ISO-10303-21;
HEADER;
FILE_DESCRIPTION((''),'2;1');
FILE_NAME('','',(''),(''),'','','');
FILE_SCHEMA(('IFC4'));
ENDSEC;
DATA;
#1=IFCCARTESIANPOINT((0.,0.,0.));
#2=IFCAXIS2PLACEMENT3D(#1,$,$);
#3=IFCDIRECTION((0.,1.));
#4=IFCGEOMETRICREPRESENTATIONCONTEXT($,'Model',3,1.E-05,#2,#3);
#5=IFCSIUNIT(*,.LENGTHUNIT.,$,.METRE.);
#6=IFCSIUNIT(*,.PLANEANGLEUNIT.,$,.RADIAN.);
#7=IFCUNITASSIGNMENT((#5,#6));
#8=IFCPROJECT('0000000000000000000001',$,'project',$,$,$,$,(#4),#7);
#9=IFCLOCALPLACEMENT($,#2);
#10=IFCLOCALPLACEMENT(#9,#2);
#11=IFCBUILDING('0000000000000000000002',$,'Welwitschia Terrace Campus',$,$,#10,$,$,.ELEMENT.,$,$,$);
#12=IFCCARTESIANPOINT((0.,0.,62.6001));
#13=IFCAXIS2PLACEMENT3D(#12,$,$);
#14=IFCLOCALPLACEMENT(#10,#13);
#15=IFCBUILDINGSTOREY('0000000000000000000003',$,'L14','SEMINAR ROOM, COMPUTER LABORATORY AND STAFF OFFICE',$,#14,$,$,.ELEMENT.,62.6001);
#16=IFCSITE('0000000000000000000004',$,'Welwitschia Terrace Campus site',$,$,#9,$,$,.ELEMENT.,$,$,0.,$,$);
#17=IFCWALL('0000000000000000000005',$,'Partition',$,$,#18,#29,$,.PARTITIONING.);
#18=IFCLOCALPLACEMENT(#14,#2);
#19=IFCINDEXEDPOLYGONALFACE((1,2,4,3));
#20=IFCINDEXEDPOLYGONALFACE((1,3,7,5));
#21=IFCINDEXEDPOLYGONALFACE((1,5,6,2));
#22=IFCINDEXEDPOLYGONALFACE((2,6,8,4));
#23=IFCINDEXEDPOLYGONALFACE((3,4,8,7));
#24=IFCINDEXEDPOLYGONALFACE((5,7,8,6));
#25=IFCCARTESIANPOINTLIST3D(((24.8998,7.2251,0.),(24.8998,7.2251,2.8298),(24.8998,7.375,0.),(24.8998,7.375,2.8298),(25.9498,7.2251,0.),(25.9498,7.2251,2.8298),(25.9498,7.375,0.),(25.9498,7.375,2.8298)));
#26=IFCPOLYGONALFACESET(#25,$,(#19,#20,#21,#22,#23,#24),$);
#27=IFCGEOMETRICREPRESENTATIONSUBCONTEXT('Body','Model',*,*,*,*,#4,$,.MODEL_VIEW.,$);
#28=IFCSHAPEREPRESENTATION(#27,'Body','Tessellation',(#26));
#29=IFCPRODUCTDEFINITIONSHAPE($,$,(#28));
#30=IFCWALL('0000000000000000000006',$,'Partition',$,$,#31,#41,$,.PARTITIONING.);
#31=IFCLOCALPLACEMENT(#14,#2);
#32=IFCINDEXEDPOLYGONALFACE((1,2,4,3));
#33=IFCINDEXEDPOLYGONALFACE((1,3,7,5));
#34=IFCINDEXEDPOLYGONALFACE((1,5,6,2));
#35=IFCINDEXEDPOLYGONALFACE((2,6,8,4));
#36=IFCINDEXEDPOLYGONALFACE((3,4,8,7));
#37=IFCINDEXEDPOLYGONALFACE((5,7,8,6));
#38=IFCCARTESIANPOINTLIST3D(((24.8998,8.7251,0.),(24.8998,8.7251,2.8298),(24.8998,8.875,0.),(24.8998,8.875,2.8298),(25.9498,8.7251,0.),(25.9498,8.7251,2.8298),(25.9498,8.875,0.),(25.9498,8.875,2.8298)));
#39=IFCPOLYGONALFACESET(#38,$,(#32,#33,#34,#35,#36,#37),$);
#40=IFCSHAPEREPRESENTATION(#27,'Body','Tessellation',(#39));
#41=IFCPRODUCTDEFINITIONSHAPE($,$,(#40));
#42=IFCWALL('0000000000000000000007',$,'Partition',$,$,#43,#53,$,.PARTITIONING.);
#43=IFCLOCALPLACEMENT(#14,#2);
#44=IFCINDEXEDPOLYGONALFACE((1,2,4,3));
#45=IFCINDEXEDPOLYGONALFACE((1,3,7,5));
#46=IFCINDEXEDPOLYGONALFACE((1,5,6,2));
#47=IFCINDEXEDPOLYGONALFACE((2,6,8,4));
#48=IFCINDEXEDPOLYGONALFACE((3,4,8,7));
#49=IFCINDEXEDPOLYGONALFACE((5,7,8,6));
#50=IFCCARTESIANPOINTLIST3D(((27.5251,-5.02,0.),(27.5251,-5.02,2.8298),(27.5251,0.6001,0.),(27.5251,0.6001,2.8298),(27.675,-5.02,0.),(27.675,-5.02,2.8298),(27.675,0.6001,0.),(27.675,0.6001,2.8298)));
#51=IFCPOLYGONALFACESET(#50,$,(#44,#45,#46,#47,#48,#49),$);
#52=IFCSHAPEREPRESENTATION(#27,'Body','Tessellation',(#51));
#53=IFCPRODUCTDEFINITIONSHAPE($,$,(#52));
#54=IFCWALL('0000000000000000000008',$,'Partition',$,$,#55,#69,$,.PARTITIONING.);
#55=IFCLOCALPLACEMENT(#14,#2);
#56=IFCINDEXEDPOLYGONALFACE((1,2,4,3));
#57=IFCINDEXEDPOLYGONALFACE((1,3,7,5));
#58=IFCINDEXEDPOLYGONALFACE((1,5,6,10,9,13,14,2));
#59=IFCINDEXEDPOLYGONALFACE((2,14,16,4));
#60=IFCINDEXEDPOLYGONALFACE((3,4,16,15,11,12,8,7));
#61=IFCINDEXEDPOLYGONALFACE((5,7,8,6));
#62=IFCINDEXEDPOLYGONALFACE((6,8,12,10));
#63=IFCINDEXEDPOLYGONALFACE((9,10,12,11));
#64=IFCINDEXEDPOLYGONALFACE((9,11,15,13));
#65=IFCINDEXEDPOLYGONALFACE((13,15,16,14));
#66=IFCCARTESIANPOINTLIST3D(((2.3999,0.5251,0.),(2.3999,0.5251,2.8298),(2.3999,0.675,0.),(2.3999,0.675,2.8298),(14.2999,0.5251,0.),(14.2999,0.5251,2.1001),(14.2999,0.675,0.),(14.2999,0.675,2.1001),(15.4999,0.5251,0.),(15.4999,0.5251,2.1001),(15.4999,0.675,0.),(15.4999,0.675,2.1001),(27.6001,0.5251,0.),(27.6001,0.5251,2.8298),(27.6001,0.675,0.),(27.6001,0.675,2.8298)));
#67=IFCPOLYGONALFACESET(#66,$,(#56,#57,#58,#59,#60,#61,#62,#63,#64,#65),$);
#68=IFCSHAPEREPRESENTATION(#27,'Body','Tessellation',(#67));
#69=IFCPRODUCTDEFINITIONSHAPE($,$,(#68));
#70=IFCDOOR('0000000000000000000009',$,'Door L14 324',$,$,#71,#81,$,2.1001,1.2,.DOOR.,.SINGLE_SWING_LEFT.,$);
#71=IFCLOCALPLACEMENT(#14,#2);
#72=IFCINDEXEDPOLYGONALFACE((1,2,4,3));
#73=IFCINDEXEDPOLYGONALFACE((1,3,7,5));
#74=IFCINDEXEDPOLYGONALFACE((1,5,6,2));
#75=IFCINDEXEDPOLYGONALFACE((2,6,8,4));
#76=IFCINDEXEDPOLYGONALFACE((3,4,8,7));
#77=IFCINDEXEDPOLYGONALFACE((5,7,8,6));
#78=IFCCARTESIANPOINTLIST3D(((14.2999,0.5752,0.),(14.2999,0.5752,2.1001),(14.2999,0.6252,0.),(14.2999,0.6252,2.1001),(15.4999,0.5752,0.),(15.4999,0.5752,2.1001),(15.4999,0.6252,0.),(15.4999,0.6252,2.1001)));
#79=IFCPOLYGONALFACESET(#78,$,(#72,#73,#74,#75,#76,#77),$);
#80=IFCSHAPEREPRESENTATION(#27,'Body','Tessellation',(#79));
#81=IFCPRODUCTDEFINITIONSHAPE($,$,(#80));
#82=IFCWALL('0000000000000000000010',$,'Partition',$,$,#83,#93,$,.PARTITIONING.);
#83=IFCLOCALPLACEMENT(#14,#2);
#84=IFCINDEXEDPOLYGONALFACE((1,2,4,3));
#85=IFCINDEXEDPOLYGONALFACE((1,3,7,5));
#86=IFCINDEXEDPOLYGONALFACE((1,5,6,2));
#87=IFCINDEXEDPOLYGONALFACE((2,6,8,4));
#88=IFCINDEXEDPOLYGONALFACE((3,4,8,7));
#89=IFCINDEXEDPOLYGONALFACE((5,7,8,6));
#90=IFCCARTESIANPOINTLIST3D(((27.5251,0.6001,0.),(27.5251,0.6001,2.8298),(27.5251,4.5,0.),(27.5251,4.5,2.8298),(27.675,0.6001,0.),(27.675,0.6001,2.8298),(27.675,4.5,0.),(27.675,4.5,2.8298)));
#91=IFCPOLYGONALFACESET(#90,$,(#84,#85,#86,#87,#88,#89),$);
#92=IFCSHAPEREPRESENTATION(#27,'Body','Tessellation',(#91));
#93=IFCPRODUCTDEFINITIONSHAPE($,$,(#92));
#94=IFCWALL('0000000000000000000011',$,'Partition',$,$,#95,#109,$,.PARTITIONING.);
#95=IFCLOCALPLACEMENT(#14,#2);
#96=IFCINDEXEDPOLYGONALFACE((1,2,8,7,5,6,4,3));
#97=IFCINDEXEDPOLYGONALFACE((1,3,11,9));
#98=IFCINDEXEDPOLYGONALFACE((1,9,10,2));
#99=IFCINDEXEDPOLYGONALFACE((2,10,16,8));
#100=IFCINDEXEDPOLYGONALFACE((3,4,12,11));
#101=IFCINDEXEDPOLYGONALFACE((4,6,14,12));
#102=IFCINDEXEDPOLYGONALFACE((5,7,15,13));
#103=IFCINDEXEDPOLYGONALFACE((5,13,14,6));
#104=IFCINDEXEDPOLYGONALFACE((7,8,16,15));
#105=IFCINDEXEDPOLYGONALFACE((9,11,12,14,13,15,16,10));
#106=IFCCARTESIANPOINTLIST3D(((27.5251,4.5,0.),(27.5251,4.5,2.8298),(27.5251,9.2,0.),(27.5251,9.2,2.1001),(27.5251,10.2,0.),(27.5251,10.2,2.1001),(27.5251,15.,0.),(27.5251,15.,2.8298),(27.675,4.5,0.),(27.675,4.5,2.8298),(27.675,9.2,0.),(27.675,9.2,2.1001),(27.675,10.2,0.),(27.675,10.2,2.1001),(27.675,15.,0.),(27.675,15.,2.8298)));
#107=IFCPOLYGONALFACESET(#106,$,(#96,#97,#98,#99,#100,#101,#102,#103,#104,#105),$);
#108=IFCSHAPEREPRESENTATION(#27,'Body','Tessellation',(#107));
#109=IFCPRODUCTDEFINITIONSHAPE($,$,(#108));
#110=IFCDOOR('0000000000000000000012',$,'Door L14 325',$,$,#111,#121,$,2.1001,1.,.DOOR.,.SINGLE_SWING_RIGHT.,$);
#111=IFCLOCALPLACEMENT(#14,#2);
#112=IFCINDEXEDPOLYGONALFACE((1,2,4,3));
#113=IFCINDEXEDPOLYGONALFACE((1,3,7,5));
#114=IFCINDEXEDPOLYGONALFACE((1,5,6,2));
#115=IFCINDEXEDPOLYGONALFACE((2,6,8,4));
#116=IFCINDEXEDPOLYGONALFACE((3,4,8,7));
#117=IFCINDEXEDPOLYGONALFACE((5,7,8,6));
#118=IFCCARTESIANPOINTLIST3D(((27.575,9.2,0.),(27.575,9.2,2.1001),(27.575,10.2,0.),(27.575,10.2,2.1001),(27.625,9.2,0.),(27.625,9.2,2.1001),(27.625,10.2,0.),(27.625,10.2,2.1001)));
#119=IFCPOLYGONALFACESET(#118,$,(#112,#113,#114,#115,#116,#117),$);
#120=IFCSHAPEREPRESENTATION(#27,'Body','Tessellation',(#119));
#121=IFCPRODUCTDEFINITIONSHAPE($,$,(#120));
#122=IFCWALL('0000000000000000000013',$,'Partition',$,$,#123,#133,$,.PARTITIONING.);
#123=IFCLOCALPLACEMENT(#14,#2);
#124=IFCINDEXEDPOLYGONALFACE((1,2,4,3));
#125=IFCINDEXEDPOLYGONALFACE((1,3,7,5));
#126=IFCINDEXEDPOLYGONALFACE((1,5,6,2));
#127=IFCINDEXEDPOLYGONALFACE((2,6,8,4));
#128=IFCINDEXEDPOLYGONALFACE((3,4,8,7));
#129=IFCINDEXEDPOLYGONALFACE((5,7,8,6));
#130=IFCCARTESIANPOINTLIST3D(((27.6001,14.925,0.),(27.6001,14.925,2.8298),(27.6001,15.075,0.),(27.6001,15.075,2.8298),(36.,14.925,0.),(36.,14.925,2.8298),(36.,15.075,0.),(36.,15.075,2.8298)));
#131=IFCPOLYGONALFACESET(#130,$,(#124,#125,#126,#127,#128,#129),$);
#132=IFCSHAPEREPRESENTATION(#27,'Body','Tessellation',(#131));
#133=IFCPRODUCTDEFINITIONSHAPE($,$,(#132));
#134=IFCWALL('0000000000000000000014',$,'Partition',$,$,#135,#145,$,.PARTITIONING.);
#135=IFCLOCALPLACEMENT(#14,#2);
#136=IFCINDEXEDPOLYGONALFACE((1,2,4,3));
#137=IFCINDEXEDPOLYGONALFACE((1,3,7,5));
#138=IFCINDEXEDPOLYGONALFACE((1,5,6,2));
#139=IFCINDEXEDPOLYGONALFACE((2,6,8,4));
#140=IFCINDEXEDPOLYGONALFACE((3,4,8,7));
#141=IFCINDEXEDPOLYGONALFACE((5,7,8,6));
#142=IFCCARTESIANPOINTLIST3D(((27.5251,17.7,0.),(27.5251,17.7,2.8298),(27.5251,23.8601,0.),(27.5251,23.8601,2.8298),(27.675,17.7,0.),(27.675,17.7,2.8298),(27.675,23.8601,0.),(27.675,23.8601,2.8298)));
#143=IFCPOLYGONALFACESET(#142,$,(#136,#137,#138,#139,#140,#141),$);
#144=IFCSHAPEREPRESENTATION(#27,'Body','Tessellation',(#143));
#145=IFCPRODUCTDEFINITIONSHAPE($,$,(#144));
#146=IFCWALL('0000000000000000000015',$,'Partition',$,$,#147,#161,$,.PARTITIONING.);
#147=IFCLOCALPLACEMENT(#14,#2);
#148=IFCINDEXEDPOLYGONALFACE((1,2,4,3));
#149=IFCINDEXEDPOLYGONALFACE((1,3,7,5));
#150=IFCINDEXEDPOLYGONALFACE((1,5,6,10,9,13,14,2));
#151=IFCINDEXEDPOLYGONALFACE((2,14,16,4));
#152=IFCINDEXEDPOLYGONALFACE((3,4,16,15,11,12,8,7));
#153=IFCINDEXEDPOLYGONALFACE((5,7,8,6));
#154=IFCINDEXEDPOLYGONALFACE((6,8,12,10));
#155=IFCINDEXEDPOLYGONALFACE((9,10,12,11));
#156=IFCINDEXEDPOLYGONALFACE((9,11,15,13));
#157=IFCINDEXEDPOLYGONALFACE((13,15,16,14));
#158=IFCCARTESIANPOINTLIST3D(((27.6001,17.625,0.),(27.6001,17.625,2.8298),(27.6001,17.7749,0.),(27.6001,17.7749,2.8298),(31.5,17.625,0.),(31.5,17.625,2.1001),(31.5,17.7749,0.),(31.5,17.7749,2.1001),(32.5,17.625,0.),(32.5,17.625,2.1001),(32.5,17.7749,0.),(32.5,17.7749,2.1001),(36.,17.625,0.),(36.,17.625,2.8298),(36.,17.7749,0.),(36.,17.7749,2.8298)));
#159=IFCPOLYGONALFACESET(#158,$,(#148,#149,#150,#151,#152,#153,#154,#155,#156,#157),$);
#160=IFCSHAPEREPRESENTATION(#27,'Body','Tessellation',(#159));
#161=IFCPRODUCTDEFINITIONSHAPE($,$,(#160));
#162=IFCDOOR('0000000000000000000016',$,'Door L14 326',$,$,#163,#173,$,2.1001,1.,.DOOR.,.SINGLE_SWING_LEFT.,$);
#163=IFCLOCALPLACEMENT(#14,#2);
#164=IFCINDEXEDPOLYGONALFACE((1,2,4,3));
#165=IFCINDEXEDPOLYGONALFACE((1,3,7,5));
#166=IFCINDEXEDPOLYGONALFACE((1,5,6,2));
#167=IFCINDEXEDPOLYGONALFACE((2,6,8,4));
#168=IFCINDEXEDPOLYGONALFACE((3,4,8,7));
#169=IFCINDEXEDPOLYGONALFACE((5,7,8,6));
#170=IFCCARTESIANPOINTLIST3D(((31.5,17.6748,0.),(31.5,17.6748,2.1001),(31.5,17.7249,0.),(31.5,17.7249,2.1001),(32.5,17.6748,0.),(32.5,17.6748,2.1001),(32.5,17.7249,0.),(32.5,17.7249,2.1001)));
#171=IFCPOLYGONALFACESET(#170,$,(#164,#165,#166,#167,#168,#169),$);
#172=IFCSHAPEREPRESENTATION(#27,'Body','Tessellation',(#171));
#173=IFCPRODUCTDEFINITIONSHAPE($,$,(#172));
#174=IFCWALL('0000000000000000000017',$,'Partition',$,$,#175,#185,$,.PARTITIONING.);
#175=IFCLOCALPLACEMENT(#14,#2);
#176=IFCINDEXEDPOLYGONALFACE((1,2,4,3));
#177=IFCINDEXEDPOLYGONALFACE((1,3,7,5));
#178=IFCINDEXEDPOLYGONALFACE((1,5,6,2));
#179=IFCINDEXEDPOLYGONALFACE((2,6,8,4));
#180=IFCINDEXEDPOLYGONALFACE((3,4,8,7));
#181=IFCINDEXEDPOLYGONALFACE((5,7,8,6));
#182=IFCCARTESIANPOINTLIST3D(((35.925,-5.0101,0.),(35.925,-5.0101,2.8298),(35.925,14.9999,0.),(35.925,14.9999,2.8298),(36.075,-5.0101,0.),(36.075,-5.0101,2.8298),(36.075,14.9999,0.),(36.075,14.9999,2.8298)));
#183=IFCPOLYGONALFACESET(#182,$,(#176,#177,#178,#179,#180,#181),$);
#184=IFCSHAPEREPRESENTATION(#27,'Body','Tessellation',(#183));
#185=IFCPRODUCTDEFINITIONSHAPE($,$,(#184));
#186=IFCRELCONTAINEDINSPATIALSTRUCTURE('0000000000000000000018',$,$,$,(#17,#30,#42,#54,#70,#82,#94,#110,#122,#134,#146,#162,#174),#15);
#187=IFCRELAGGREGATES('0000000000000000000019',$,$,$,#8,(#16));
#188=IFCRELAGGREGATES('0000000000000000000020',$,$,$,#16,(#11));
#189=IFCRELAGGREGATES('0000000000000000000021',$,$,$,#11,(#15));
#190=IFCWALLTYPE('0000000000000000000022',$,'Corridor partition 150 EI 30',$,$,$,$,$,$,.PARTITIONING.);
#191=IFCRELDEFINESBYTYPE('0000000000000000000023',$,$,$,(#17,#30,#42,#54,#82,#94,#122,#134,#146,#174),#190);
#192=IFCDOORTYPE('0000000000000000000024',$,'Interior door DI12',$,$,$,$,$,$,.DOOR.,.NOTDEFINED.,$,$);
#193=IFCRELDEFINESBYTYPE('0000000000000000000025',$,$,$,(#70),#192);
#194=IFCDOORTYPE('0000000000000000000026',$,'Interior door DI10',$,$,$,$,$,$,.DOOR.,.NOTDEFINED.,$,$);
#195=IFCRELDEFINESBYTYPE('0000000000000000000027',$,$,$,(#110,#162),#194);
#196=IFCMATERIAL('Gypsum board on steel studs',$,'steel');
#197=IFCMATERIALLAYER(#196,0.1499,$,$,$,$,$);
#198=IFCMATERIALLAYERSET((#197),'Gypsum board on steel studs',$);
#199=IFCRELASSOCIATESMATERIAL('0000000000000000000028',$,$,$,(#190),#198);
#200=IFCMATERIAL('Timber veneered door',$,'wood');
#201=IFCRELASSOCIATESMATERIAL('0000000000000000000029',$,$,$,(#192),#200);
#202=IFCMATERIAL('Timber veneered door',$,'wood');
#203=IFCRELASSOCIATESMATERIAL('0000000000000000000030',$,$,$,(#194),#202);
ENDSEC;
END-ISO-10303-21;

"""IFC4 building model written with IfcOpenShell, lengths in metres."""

from ifc_helpers import new_model, si_unit, direction, frame, frame_2d, origin, place, context, subcontext, project, spatial, rectangle, extrude, material, layer, layer_set, type_object, element, fill, save


model = new_model("IFC4")

# Units and contexts
model_context = context("Model", 3, precision=1e-05, world=origin(), true_north=direction((0.0, 1.0)))
body_context = subcontext(model_context, "Body", "Model", "MODEL_VIEW")
ifc_project = project(units=[si_unit("LENGTHUNIT", "METRE"), si_unit("PLANEANGLEUNIT", "RADIAN")], contexts=[model_context])

# Site, building, storey
site_placement = place(None, origin())
site = spatial("IfcSite", under=ifc_project, at=site_placement, Name="Welwitschia Terrace Campus site", CompositionType="ELEMENT", RefElevation=0.0)
building_placement = place(site_placement, origin())
building = spatial("IfcBuilding", under=site, at=building_placement, Name="Welwitschia Terrace Campus", CompositionType="ELEMENT")
storey_placement = place(building_placement, frame((0.0, 0.0, 62.6001)))
storey = spatial("IfcBuildingStorey", under=building, at=storey_placement, Name="L14", Description="SEMINAR ROOM, COMPUTER LABORATORY AND STAFF OFFICE", CompositionType="ELEMENT", Elevation=62.6001)

# Walls
ifc_material_1 = material(Name="Gypsum board on steel studs", Category="steel")
ifc_layer_1 = layer(ifc_material_1, 0.1499)
ifc_layer_set_1 = layer_set([ifc_layer_1], Name="Gypsum board on steel studs")
wall_type_1 = type_object("IfcWallType", Name="Corridor partition 150 EI 30", PredefinedType="PARTITIONING", material=ifc_layer_set_1)
for number, where, z_axis, x_axis, name in (
    (1, (24.8999, 7.3, 0.0), (0.0, 0.0, 1.0), (1.0, 0.0, 0.0), "Partition"),
    (2, (24.8999, 8.8, 0.0), (0.0, 0.0, 1.0), (1.0, 0.0, 0.0), "Partition"),
):
    element("IfcWall", number, at=place(storey_placement, frame(where, z_axis=z_axis, x_axis=x_axis)), inside=storey, type_object=wall_type_1, Name=name, PredefinedType="PARTITIONING", context=body_context, shape_type="SweptSolid", body=[
        extrude(rectangle(XDim=1.05, YDim=0.1499, at=frame_2d((0.5249, 0.0))), origin(), (0.0, 0.0, 1.0), 2.8298),
    ])
wall_1_placement = place(storey_placement, frame((27.6001, -5.02, 0.0), z_axis=(0.0, 0.0, 1.0), x_axis=(0.0, 1.0, 0.0)))
element("IfcWall", 3, at=wall_1_placement, inside=storey, type_object=wall_type_1, Name="Partition", PredefinedType="PARTITIONING", context=body_context, shape_type="SweptSolid", body=[
    extrude(rectangle(XDim=5.6201, YDim=0.1499, at=frame_2d((2.8101, 0.0))), origin(), (0.0, 0.0, 1.0), 2.8298),
])

# Wall, opening, door
wall_2_placement = place(storey_placement, frame((27.6001, 0.6001, 0.0), z_axis=(0.0, 0.0, 1.0), x_axis=(-1.0, 0.0, 0.0)))
wall_2 = element("IfcWall", 4, at=wall_2_placement, inside=storey, type_object=wall_type_1, Name="Partition", PredefinedType="PARTITIONING", context=body_context, shape_type="SweptSolid", body=[
    extrude(rectangle(XDim=25.2002, YDim=0.1499, at=frame_2d((12.6001, 0.0))), origin(), (0.0, 0.0, 1.0), 2.8298),
])
opening_1_placement = place(wall_2_placement, frame((12.1001, 0.0, 0.0)))
opening_1 = element("IfcOpeningElement", 5, at=opening_1_placement, cuts=wall_2, PredefinedType="OPENING", context=body_context, shape_type="SweptSolid", body=[
    extrude(rectangle(XDim=1.2, YDim=2.1001, at=frame_2d((0.6001, 1.05))), frame((0.0, 0.085, 0.0), z_axis=(0.0, -1.0, 0.0), x_axis=(1.0, 0.0, 0.0)), (0.0, 0.0, 1.0), 0.1699),
])
ifc_material_2 = material(Name="Timber veneered door", Category="wood")
door_type_1 = type_object("IfcDoorType", Name="Interior door DI12", OperationType="NOTDEFINED", PredefinedType="DOOR", material=ifc_material_2)
door_1_placement = place(opening_1_placement, origin())
door_1 = element("IfcDoor", 6, at=door_1_placement, inside=storey, type_object=door_type_1, Name="Door L14 324", OperationType="SINGLE_SWING_LEFT", OverallHeight=2.1001, OverallWidth=1.2, PredefinedType="DOOR", context=body_context, shape_type="SweptSolid", body=[
    extrude(rectangle(XDim=1.2, YDim=2.1001, at=frame_2d((0.6001, 1.05))), frame((0.0, 0.0249, 0.0), z_axis=(0.0, -1.0, 0.0), x_axis=(1.0, 0.0, 0.0)), (0.0, 0.0, 1.0), 0.05),
])
fill(opening_1, door_1)

# Wall
wall_3_placement = place(storey_placement, frame((27.6001, 0.6001, 0.0), z_axis=(0.0, 0.0, 1.0), x_axis=(0.0, 1.0, 0.0)))
element("IfcWall", 7, at=wall_3_placement, inside=storey, type_object=wall_type_1, Name="Partition", PredefinedType="PARTITIONING", context=body_context, shape_type="SweptSolid", body=[
    extrude(rectangle(XDim=3.8999, YDim=0.1499, at=frame_2d((1.95, 0.0))), origin(), (0.0, 0.0, 1.0), 2.8298),
])

# Wall, opening, door
wall_4_placement = place(storey_placement, frame((27.6001, 15.0, 0.0), z_axis=(0.0, 0.0, 1.0), x_axis=(0.0, -1.0, 0.0)))
wall_4 = element("IfcWall", 8, at=wall_4_placement, inside=storey, type_object=wall_type_1, Name="Partition", PredefinedType="PARTITIONING", context=body_context, shape_type="SweptSolid", body=[
    extrude(rectangle(XDim=10.5, YDim=0.1499, at=frame_2d((5.25, 0.0))), origin(), (0.0, 0.0, 1.0), 2.8298),
])
opening_2_placement = place(wall_4_placement, frame((4.8, 0.0, 0.0)))
opening_2 = element("IfcOpeningElement", 9, at=opening_2_placement, cuts=wall_4, PredefinedType="OPENING", context=body_context, shape_type="SweptSolid", body=[
    extrude(rectangle(XDim=1.0, YDim=2.1001, at=frame_2d((0.5, 1.05))), frame((0.0, 0.085, 0.0), z_axis=(0.0, -1.0, 0.0), x_axis=(1.0, 0.0, 0.0)), (0.0, 0.0, 1.0), 0.1699),
])
ifc_material_3 = material(Name="Timber veneered door", Category="wood")
door_type_2 = type_object("IfcDoorType", Name="Interior door DI10", OperationType="NOTDEFINED", PredefinedType="DOOR", material=ifc_material_3)
door_2_placement = place(opening_2_placement, origin())
door_2 = element("IfcDoor", 10, at=door_2_placement, inside=storey, type_object=door_type_2, Name="Door L14 325", OperationType="SINGLE_SWING_RIGHT", OverallHeight=2.1001, OverallWidth=1.0, PredefinedType="DOOR", context=body_context, shape_type="SweptSolid", body=[
    extrude(rectangle(XDim=1.0, YDim=2.1001, at=frame_2d((0.5, 1.05))), frame((0.0, 0.0249, 0.0), z_axis=(0.0, -1.0, 0.0), x_axis=(1.0, 0.0, 0.0)), (0.0, 0.0, 1.0), 0.05),
])
fill(opening_2, door_2)

# Walls
wall_5_placement = place(storey_placement, frame((27.6001, 15.0, 0.0), z_axis=(0.0, 0.0, 1.0), x_axis=(1.0, 0.0, 0.0)))
element("IfcWall", 11, at=wall_5_placement, inside=storey, type_object=wall_type_1, Name="Partition", PredefinedType="PARTITIONING", context=body_context, shape_type="SweptSolid", body=[
    extrude(rectangle(XDim=8.3999, YDim=0.1499, at=frame_2d((4.2, 0.0))), origin(), (0.0, 0.0, 1.0), 2.8298),
])
wall_6_placement = place(storey_placement, frame((27.6001, 17.7, 0.0), z_axis=(0.0, 0.0, 1.0), x_axis=(0.0, 1.0, 0.0)))
element("IfcWall", 12, at=wall_6_placement, inside=storey, type_object=wall_type_1, Name="Partition", PredefinedType="PARTITIONING", context=body_context, shape_type="SweptSolid", body=[
    extrude(rectangle(XDim=6.1602, YDim=0.1499, at=frame_2d((3.0801, 0.0))), origin(), (0.0, 0.0, 1.0), 2.8298),
])

# Wall, opening, door
wall_7_placement = place(storey_placement, frame((27.6001, 17.7, 0.0), z_axis=(0.0, 0.0, 1.0), x_axis=(1.0, 0.0, 0.0)))
wall_7 = element("IfcWall", 13, at=wall_7_placement, inside=storey, type_object=wall_type_1, Name="Partition", PredefinedType="PARTITIONING", context=body_context, shape_type="SweptSolid", body=[
    extrude(rectangle(XDim=8.3999, YDim=0.1499, at=frame_2d((4.2, 0.0))), origin(), (0.0, 0.0, 1.0), 2.8298),
])
opening_3_placement = place(wall_7_placement, frame((3.8999, 0.0, 0.0)))
opening_3 = element("IfcOpeningElement", 14, at=opening_3_placement, cuts=wall_7, PredefinedType="OPENING", context=body_context, shape_type="SweptSolid", body=[
    extrude(rectangle(XDim=1.0, YDim=2.1001, at=frame_2d((0.5, 1.05))), frame((0.0, 0.085, 0.0), z_axis=(0.0, -1.0, 0.0), x_axis=(1.0, 0.0, 0.0)), (0.0, 0.0, 1.0), 0.1699),
])
door_3_placement = place(opening_3_placement, origin())
door_3 = element("IfcDoor", 15, at=door_3_placement, inside=storey, type_object=door_type_2, Name="Door L14 326", OperationType="SINGLE_SWING_LEFT", OverallHeight=2.1001, OverallWidth=1.0, PredefinedType="DOOR", context=body_context, shape_type="SweptSolid", body=[
    extrude(rectangle(XDim=1.0, YDim=2.1001, at=frame_2d((0.5, 1.05))), frame((0.0, 0.0249, 0.0), z_axis=(0.0, -1.0, 0.0), x_axis=(1.0, 0.0, 0.0)), (0.0, 0.0, 1.0), 0.05),
])
fill(opening_3, door_3)

# Wall
wall_8_placement = place(storey_placement, frame((36.0, -5.01, 0.0), z_axis=(0.0, 0.0, 1.0), x_axis=(0.0, 1.0, 0.0)))
element("IfcWall", 16, at=wall_8_placement, inside=storey, type_object=wall_type_1, Name="Partition", PredefinedType="PARTITIONING", context=body_context, shape_type="SweptSolid", body=[
    extrude(rectangle(XDim=20.01, YDim=0.1499, at=frame_2d((10.0049, 0.0))), origin(), (0.0, 0.0, 1.0), 2.8298),
])

save(model, "model.ifc")
